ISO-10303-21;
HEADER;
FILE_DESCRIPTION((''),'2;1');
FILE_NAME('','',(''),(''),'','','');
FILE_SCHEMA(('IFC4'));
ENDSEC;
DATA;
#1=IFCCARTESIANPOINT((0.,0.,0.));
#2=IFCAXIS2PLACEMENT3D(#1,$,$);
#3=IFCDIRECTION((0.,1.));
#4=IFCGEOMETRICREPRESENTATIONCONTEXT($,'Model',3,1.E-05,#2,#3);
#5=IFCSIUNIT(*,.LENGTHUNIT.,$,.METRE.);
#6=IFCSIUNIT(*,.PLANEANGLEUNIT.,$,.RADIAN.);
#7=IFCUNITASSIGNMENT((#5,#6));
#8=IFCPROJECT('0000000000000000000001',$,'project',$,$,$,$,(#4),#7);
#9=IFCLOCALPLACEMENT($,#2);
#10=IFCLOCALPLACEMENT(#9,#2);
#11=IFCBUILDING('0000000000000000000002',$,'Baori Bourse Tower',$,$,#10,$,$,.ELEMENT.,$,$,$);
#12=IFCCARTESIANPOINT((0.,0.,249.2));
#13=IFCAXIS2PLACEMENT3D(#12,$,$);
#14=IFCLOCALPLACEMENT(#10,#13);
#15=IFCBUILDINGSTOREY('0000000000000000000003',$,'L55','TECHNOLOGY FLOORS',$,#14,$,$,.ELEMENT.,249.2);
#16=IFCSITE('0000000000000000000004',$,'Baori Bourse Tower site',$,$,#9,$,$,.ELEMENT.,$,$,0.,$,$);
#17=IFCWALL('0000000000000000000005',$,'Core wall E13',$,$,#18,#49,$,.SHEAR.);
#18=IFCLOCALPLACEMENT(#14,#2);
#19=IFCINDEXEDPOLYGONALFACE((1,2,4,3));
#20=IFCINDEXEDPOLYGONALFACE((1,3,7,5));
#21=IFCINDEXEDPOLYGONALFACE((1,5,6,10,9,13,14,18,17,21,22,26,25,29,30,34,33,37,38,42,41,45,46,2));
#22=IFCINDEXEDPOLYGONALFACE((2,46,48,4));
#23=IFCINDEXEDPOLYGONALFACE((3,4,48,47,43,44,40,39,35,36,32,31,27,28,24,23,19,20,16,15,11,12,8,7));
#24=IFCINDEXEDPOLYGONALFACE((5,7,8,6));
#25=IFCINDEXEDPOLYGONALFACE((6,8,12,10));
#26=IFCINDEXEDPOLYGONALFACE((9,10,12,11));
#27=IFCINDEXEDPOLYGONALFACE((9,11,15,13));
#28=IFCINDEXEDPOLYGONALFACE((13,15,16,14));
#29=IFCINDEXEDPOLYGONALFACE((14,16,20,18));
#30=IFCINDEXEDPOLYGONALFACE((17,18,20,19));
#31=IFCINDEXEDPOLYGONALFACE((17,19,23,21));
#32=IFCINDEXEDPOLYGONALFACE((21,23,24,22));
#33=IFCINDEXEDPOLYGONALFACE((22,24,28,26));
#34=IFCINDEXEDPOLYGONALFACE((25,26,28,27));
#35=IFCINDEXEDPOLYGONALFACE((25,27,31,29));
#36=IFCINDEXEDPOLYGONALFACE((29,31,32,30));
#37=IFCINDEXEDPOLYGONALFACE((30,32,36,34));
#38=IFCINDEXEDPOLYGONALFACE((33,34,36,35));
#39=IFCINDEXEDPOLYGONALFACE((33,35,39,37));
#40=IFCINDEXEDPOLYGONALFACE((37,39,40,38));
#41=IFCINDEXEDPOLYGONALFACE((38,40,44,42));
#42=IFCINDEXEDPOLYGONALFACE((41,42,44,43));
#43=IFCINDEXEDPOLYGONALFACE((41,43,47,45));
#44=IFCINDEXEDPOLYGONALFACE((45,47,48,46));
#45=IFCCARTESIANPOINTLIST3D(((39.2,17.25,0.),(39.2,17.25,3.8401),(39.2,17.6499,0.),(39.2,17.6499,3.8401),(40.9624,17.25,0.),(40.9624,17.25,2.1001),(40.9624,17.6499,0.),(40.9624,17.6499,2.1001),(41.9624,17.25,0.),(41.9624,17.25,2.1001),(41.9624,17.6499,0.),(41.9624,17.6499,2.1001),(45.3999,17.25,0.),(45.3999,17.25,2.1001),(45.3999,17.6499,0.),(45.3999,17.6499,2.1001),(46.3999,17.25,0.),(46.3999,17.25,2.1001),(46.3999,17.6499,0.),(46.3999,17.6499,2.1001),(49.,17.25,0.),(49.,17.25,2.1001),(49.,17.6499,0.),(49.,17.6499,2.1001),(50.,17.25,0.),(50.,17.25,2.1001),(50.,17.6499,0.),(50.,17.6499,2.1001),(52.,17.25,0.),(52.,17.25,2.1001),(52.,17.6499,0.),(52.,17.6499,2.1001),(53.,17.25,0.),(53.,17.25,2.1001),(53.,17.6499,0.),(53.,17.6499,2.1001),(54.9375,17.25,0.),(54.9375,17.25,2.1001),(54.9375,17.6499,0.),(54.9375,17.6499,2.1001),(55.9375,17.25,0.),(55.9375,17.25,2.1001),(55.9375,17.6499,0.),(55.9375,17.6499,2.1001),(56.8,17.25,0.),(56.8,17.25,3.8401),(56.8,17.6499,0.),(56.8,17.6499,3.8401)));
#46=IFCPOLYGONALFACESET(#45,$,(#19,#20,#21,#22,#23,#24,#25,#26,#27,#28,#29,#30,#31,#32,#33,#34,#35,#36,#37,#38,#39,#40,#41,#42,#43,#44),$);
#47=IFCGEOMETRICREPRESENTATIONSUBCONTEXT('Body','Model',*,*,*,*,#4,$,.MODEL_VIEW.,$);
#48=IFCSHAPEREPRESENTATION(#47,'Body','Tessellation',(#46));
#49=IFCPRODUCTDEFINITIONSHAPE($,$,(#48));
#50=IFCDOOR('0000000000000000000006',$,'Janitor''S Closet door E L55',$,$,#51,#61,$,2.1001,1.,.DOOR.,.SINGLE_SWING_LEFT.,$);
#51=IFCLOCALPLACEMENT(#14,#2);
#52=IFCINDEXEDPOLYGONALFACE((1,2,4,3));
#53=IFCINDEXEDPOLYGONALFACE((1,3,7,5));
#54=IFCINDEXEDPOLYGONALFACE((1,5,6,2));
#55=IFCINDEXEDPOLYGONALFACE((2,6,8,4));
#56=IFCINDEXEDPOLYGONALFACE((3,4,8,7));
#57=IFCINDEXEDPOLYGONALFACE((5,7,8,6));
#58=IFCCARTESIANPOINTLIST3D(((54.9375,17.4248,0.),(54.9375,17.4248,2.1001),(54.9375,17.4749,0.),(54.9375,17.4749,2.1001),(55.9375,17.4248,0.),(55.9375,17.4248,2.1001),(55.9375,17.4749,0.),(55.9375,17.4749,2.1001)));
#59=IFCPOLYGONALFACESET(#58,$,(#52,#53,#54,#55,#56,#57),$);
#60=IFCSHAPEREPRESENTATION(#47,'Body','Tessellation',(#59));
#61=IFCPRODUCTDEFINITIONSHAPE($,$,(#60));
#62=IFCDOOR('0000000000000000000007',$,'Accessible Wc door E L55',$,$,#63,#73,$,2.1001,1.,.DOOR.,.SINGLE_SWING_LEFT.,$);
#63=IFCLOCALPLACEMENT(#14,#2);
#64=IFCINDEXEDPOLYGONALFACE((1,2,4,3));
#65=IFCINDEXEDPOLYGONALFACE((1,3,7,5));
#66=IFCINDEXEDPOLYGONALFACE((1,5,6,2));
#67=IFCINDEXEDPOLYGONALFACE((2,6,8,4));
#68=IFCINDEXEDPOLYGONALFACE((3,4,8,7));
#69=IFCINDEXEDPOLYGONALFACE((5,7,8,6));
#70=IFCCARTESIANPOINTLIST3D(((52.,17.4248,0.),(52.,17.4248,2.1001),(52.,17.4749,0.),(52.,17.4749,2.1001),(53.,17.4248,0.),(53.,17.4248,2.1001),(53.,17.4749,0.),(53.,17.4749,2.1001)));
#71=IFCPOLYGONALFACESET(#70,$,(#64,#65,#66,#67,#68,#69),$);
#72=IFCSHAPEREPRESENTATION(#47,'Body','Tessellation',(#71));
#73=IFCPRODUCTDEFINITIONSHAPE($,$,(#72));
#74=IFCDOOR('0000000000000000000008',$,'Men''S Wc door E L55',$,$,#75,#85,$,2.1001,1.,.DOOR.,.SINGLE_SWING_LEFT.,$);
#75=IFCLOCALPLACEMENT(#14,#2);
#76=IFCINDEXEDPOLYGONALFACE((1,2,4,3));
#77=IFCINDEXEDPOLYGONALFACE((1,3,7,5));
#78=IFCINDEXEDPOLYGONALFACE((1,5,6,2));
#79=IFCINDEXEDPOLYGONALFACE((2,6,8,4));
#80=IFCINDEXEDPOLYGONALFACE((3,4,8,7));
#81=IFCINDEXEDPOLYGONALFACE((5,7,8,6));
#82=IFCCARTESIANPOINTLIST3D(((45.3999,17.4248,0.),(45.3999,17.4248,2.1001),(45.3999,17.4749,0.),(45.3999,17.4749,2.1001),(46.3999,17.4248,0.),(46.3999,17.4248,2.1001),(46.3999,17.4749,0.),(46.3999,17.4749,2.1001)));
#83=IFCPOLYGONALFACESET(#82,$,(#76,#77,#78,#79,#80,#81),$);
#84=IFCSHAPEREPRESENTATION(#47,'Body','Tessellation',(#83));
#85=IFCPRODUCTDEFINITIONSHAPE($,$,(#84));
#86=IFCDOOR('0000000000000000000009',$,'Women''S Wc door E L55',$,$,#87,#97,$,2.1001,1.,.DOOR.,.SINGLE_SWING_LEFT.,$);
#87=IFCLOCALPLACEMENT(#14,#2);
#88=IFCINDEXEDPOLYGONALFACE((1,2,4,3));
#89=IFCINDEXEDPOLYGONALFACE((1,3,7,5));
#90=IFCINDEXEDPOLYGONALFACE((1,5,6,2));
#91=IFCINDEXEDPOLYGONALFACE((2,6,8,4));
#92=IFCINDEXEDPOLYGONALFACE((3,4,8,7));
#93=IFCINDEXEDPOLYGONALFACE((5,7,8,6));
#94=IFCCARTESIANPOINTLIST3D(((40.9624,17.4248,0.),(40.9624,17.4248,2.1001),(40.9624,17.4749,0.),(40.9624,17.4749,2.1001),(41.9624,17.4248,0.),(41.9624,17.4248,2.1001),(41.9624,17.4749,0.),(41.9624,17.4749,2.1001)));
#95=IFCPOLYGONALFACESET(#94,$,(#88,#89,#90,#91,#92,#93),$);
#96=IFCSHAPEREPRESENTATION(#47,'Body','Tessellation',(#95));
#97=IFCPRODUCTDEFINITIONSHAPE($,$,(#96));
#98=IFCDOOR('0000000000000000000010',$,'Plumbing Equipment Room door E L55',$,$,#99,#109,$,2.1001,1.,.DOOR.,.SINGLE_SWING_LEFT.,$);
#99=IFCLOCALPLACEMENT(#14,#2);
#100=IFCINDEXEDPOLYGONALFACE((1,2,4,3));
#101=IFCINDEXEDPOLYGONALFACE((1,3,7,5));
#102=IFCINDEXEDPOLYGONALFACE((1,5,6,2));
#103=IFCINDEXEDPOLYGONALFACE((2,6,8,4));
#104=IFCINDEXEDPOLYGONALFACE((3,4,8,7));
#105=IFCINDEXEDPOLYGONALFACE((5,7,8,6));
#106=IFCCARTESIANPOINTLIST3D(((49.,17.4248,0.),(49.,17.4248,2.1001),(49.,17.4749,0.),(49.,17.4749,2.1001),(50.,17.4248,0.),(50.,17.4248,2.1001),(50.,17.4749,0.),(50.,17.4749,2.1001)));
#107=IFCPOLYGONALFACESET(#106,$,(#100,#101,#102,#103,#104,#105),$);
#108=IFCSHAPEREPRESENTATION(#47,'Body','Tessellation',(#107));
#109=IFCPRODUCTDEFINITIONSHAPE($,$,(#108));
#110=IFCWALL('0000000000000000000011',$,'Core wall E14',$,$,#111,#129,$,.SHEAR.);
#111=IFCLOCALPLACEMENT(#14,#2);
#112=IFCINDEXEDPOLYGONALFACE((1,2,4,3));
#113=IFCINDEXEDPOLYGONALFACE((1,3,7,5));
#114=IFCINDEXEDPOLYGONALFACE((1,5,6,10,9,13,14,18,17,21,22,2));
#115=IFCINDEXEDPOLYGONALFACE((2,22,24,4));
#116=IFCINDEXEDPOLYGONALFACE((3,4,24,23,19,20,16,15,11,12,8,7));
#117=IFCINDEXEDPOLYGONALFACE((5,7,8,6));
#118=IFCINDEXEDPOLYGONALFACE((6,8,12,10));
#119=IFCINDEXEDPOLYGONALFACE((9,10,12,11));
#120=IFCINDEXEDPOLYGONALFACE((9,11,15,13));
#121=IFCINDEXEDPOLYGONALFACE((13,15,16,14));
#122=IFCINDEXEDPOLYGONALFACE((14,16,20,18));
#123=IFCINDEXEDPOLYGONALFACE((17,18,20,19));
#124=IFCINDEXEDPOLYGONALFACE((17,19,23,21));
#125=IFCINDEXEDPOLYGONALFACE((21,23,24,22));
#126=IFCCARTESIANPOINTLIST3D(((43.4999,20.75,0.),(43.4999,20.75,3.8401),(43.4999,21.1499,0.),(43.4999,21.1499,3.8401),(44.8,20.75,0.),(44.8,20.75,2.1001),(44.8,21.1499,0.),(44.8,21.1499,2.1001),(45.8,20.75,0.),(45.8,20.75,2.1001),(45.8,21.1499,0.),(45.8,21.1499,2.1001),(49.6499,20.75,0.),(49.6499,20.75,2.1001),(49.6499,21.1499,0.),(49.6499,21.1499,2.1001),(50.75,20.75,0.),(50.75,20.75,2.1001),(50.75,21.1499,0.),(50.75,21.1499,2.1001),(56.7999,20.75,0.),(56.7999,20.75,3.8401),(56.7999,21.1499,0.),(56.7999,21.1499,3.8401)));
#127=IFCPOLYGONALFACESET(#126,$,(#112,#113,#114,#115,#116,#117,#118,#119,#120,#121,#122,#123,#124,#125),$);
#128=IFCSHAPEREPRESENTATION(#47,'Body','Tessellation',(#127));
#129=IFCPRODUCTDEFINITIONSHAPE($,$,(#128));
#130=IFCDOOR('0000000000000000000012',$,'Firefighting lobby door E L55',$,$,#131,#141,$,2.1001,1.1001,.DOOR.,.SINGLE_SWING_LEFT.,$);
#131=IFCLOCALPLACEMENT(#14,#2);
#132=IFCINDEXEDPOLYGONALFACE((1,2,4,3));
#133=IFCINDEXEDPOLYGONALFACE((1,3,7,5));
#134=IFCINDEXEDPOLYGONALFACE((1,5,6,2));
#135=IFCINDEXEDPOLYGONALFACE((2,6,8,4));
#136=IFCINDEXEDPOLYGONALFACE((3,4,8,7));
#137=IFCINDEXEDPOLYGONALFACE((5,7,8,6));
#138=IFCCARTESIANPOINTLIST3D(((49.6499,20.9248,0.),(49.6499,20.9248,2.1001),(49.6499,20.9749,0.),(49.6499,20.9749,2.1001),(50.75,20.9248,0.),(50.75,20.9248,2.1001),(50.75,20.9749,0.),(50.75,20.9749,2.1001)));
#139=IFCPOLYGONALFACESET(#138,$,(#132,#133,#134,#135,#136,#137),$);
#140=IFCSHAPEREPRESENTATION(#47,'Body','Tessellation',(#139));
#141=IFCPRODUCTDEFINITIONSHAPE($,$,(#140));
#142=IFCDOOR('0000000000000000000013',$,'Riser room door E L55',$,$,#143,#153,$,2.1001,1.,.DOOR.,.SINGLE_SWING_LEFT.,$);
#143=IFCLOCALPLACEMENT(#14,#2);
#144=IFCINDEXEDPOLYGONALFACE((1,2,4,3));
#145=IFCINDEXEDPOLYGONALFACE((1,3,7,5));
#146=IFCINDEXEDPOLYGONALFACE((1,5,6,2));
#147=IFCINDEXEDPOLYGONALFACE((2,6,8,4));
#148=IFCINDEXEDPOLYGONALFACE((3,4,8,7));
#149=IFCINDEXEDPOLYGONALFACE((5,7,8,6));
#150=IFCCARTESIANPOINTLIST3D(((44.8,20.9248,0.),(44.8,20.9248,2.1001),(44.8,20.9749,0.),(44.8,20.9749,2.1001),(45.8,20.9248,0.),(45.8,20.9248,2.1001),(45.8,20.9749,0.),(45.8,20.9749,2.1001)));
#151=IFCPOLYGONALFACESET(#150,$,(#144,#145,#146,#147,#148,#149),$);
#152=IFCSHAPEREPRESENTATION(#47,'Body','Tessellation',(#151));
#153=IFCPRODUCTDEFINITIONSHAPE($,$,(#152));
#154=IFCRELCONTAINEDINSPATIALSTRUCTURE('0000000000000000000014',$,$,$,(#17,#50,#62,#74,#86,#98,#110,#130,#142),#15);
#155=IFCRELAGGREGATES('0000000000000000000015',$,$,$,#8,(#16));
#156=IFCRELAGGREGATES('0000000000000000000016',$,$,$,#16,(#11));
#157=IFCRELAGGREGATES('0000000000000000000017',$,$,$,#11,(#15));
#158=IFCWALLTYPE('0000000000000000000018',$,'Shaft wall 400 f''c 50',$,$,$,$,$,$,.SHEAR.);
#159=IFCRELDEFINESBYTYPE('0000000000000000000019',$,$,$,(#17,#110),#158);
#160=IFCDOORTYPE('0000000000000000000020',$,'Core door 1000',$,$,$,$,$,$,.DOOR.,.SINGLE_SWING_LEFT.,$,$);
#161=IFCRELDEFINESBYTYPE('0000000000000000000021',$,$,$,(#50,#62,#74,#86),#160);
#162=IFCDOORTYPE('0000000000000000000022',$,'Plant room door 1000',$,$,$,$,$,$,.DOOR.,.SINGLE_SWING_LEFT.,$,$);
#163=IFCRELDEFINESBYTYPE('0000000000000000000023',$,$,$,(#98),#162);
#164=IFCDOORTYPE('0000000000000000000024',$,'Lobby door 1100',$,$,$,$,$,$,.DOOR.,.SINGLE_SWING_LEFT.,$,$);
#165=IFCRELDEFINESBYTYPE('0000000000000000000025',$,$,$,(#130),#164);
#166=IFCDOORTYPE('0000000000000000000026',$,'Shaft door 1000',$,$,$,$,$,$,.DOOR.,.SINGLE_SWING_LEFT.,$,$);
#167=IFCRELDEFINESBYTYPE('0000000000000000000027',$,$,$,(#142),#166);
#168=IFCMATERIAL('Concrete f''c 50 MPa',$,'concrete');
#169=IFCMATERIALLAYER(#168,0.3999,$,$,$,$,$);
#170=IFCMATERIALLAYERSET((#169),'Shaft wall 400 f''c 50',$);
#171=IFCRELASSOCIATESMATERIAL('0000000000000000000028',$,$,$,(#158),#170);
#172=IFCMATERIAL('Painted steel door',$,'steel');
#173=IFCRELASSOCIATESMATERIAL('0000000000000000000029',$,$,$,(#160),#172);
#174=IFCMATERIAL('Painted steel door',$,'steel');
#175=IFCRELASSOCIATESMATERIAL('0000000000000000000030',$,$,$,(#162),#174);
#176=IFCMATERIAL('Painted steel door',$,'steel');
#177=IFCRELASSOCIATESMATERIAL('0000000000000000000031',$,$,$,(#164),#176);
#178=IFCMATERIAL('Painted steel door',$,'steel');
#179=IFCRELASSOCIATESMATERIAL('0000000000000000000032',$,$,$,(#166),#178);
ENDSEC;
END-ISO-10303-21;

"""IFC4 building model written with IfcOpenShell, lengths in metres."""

from ifc_helpers import new_model, si_unit, direction, frame, frame_2d, origin, place, context, subcontext, project, spatial, rectangle, extrude, material, layer, layer_set, type_object, element, fill, save


model = new_model("IFC4")

# Units and contexts
model_context = context("Model", 3, precision=1e-05, world=origin(), true_north=direction((0.0, 1.0)))
body_context = subcontext(model_context, "Body", "Model", "MODEL_VIEW")
ifc_project = project(units=[si_unit("LENGTHUNIT", "METRE"), si_unit("PLANEANGLEUNIT", "RADIAN")], contexts=[model_context])

# Site, building, storey
site_placement = place(None, origin())
site = spatial("IfcSite", under=ifc_project, at=site_placement, Name="Baori Bourse Tower site", CompositionType="ELEMENT", RefElevation=0.0)
building_placement = place(site_placement, origin())
building = spatial("IfcBuilding", under=site, at=building_placement, Name="Baori Bourse Tower", CompositionType="ELEMENT")
storey_placement = place(building_placement, frame((0.0, 0.0, 249.2)))
storey = spatial("IfcBuildingStorey", under=building, at=storey_placement, Name="L55", Description="TECHNOLOGY FLOORS", CompositionType="ELEMENT", Elevation=249.2)

# Shared definitions
ifc_material_1 = material(Name="Concrete f'c 50 MPa", Category="concrete")
ifc_layer_1 = layer(ifc_material_1, 0.3999)
ifc_layer_set_1 = layer_set([ifc_layer_1], Name="Shaft wall 400 f'c 50")
wall_type_1 = type_object("IfcWallType", Name="Shaft wall 400 f'c 50", PredefinedType="SHEAR", material=ifc_layer_set_1)

# Walls, openings, doors
wall_1_placement = place(storey_placement, frame((39.2, 17.45, 0.0), z_axis=(0.0, 0.0, 1.0), x_axis=(1.0, 0.0, 0.0)))
wall_1 = element("IfcWall", 1, at=wall_1_placement, inside=storey, type_object=wall_type_1, Name="Core wall E13", PredefinedType="SHEAR", context=body_context, shape_type="SweptSolid", body=[
    extrude(rectangle(XDim=17.6001, YDim=0.3999, at=frame_2d((8.8, 0.0))), origin(), (0.0, 0.0, 1.0), 3.8401),
])
opening_1_placement = place(wall_1_placement, frame((15.7375, 0.0, 0.0)))
opening_1 = element("IfcOpeningElement", 2, at=opening_1_placement, cuts=wall_1, PredefinedType="OPENING", context=body_context, shape_type="SweptSolid", body=[
    extrude(rectangle(XDim=1.0, YDim=2.1001, at=frame_2d((0.5, 1.05))), frame((0.0, 0.21, 0.0), z_axis=(0.0, -1.0, 0.0), x_axis=(1.0, 0.0, 0.0)), (0.0, 0.0, 1.0), 0.4199),
])
opening_2_placement = place(wall_1_placement, frame((12.8, 0.0, 0.0)))
opening_2 = element("IfcOpeningElement", 3, at=opening_2_placement, cuts=wall_1, PredefinedType="OPENING", context=body_context, shape_type="SweptSolid", body=[
    extrude(rectangle(XDim=1.0, YDim=2.1001, at=frame_2d((0.5, 1.05))), frame((0.0, 0.21, 0.0), z_axis=(0.0, -1.0, 0.0), x_axis=(1.0, 0.0, 0.0)), (0.0, 0.0, 1.0), 0.4199),
])
opening_3_placement = place(wall_1_placement, frame((9.8, 0.0, 0.0)))
opening_3 = element("IfcOpeningElement", 4, at=opening_3_placement, cuts=wall_1, PredefinedType="OPENING", context=body_context, shape_type="SweptSolid", body=[
    extrude(rectangle(XDim=1.0, YDim=2.1001, at=frame_2d((0.5, 1.05))), frame((0.0, 0.21, 0.0), z_axis=(0.0, -1.0, 0.0), x_axis=(1.0, 0.0, 0.0)), (0.0, 0.0, 1.0), 0.4199),
])
opening_4_placement = place(wall_1_placement, frame((6.2, 0.0, 0.0)))
opening_4 = element("IfcOpeningElement", 5, at=opening_4_placement, cuts=wall_1, PredefinedType="OPENING", context=body_context, shape_type="SweptSolid", body=[
    extrude(rectangle(XDim=1.0, YDim=2.1001, at=frame_2d((0.5, 1.05))), frame((0.0, 0.21, 0.0), z_axis=(0.0, -1.0, 0.0), x_axis=(1.0, 0.0, 0.0)), (0.0, 0.0, 1.0), 0.4199),
])
opening_5_placement = place(wall_1_placement, frame((1.7625, 0.0, 0.0)))
opening_5 = element("IfcOpeningElement", 6, at=opening_5_placement, cuts=wall_1, PredefinedType="OPENING", context=body_context, shape_type="SweptSolid", body=[
    extrude(rectangle(XDim=1.0, YDim=2.1001, at=frame_2d((0.5, 1.05))), frame((0.0, 0.21, 0.0), z_axis=(0.0, -1.0, 0.0), x_axis=(1.0, 0.0, 0.0)), (0.0, 0.0, 1.0), 0.4199),
])
ifc_material_2 = material(Name="Painted steel door", Category="steel")
door_type_1 = type_object("IfcDoorType", Name="Core door 1000", OperationType="SINGLE_SWING_LEFT", PredefinedType="DOOR", material=ifc_material_2)
door_1_placement = place(opening_1_placement, origin())
door_1 = element("IfcDoor", 7, at=door_1_placement, inside=storey, type_object=door_type_1, Name="Janitor'S Closet door E L55", OperationType="SINGLE_SWING_LEFT", OverallHeight=2.1001, OverallWidth=1.0, PredefinedType="DOOR", context=body_context, shape_type="SweptSolid", body=[
    extrude(rectangle(XDim=1.0, YDim=2.1001, at=frame_2d((0.5, 1.05))), frame((0.0, 0.0249, 0.0), z_axis=(0.0, -1.0, 0.0), x_axis=(1.0, 0.0, 0.0)), (0.0, 0.0, 1.0), 0.05),
])
fill(opening_1, door_1)
door_2_placement = place(opening_2_placement, origin())
door_2 = element("IfcDoor", 8, at=door_2_placement, inside=storey, type_object=door_type_1, Name="Accessible Wc door E L55", OperationType="SINGLE_SWING_LEFT", OverallHeight=2.1001, OverallWidth=1.0, PredefinedType="DOOR", context=body_context, shape_type="SweptSolid", body=[
    extrude(rectangle(XDim=1.0, YDim=2.1001, at=frame_2d((0.5, 1.05))), frame((0.0, 0.0249, 0.0), z_axis=(0.0, -1.0, 0.0), x_axis=(1.0, 0.0, 0.0)), (0.0, 0.0, 1.0), 0.05),
])
fill(opening_2, door_2)
door_3_placement = place(opening_4_placement, origin())
door_3 = element("IfcDoor", 9, at=door_3_placement, inside=storey, type_object=door_type_1, Name="Men'S Wc door E L55", OperationType="SINGLE_SWING_LEFT", OverallHeight=2.1001, OverallWidth=1.0, PredefinedType="DOOR", context=body_context, shape_type="SweptSolid", body=[
    extrude(rectangle(XDim=1.0, YDim=2.1001, at=frame_2d((0.5, 1.05))), frame((0.0, 0.0249, 0.0), z_axis=(0.0, -1.0, 0.0), x_axis=(1.0, 0.0, 0.0)), (0.0, 0.0, 1.0), 0.05),
])
fill(opening_4, door_3)
door_4_placement = place(opening_5_placement, origin())
door_4 = element("IfcDoor", 10, at=door_4_placement, inside=storey, type_object=door_type_1, Name="Women'S Wc door E L55", OperationType="SINGLE_SWING_LEFT", OverallHeight=2.1001, OverallWidth=1.0, PredefinedType="DOOR", context=body_context, shape_type="SweptSolid", body=[
    extrude(rectangle(XDim=1.0, YDim=2.1001, at=frame_2d((0.5, 1.05))), frame((0.0, 0.0249, 0.0), z_axis=(0.0, -1.0, 0.0), x_axis=(1.0, 0.0, 0.0)), (0.0, 0.0, 1.0), 0.05),
])
fill(opening_5, door_4)
ifc_material_3 = material(Name="Painted steel door", Category="steel")
door_type_2 = type_object("IfcDoorType", Name="Plant room door 1000", OperationType="SINGLE_SWING_LEFT", PredefinedType="DOOR", material=ifc_material_3)
door_5_placement = place(opening_3_placement, origin())
door_5 = element("IfcDoor", 11, at=door_5_placement, inside=storey, type_object=door_type_2, Name="Plumbing Equipment Room door E L55", OperationType="SINGLE_SWING_LEFT", OverallHeight=2.1001, OverallWidth=1.0, PredefinedType="DOOR", context=body_context, shape_type="SweptSolid", body=[
    extrude(rectangle(XDim=1.0, YDim=2.1001, at=frame_2d((0.5, 1.05))), frame((0.0, 0.0249, 0.0), z_axis=(0.0, -1.0, 0.0), x_axis=(1.0, 0.0, 0.0)), (0.0, 0.0, 1.0), 0.05),
])
fill(opening_3, door_5)
wall_2_placement = place(storey_placement, frame((43.5, 20.95, 0.0), z_axis=(0.0, 0.0, 1.0), x_axis=(1.0, 0.0, 0.0)))
wall_2 = element("IfcWall", 12, at=wall_2_placement, inside=storey, type_object=wall_type_1, Name="Core wall E14", PredefinedType="SHEAR", context=body_context, shape_type="SweptSolid", body=[
    extrude(rectangle(XDim=13.3, YDim=0.3999, at=frame_2d((6.6499, 0.0))), origin(), (0.0, 0.0, 1.0), 3.8401),
])
opening_6_placement = place(wall_2_placement, frame((6.1499, 0.0, 0.0)))
opening_6 = element("IfcOpeningElement", 13, at=opening_6_placement, cuts=wall_2, PredefinedType="OPENING", context=body_context, shape_type="SweptSolid", body=[
    extrude(rectangle(XDim=1.1001, YDim=2.1001, at=frame_2d((0.55, 1.05))), frame((0.0, 0.21, 0.0), z_axis=(0.0, -1.0, 0.0), x_axis=(1.0, 0.0, 0.0)), (0.0, 0.0, 1.0), 0.4199),
])
opening_7_placement = place(wall_2_placement, frame((1.3, 0.0, 0.0)))
opening_7 = element("IfcOpeningElement", 14, at=opening_7_placement, cuts=wall_2, PredefinedType="OPENING", context=body_context, shape_type="SweptSolid", body=[
    extrude(rectangle(XDim=1.0, YDim=2.1001, at=frame_2d((0.5, 1.05))), frame((0.0, 0.21, 0.0), z_axis=(0.0, -1.0, 0.0), x_axis=(1.0, 0.0, 0.0)), (0.0, 0.0, 1.0), 0.4199),
])
ifc_material_4 = material(Name="Painted steel door", Category="steel")
door_type_3 = type_object("IfcDoorType", Name="Lobby door 1100", OperationType="SINGLE_SWING_LEFT", PredefinedType="DOOR", material=ifc_material_4)
door_6_placement = place(opening_6_placement, origin())
door_6 = element("IfcDoor", 15, at=door_6_placement, inside=storey, type_object=door_type_3, Name="Firefighting lobby door E L55", OperationType="SINGLE_SWING_LEFT", OverallHeight=2.1001, OverallWidth=1.1001, PredefinedType="DOOR", context=body_context, shape_type="SweptSolid", body=[
    extrude(rectangle(XDim=1.1001, YDim=2.1001, at=frame_2d((0.55, 1.05))), frame((0.0, 0.0249, 0.0), z_axis=(0.0, -1.0, 0.0), x_axis=(1.0, 0.0, 0.0)), (0.0, 0.0, 1.0), 0.05),
])
fill(opening_6, door_6)
ifc_material_5 = material(Name="Painted steel door", Category="steel")
door_type_4 = type_object("IfcDoorType", Name="Shaft door 1000", OperationType="SINGLE_SWING_LEFT", PredefinedType="DOOR", material=ifc_material_5)
door_7_placement = place(opening_7_placement, origin())
door_7 = element("IfcDoor", 16, at=door_7_placement, inside=storey, type_object=door_type_4, Name="Riser room door E L55", OperationType="SINGLE_SWING_LEFT", OverallHeight=2.1001, OverallWidth=1.0, PredefinedType="DOOR", context=body_context, shape_type="SweptSolid", body=[
    extrude(rectangle(XDim=1.0, YDim=2.1001, at=frame_2d((0.5, 1.05))), frame((0.0, 0.0249, 0.0), z_axis=(0.0, -1.0, 0.0), x_axis=(1.0, 0.0, 0.0)), (0.0, 0.0, 1.0), 0.05),
])
fill(opening_7, door_7)

save(model, "model.ifc")
